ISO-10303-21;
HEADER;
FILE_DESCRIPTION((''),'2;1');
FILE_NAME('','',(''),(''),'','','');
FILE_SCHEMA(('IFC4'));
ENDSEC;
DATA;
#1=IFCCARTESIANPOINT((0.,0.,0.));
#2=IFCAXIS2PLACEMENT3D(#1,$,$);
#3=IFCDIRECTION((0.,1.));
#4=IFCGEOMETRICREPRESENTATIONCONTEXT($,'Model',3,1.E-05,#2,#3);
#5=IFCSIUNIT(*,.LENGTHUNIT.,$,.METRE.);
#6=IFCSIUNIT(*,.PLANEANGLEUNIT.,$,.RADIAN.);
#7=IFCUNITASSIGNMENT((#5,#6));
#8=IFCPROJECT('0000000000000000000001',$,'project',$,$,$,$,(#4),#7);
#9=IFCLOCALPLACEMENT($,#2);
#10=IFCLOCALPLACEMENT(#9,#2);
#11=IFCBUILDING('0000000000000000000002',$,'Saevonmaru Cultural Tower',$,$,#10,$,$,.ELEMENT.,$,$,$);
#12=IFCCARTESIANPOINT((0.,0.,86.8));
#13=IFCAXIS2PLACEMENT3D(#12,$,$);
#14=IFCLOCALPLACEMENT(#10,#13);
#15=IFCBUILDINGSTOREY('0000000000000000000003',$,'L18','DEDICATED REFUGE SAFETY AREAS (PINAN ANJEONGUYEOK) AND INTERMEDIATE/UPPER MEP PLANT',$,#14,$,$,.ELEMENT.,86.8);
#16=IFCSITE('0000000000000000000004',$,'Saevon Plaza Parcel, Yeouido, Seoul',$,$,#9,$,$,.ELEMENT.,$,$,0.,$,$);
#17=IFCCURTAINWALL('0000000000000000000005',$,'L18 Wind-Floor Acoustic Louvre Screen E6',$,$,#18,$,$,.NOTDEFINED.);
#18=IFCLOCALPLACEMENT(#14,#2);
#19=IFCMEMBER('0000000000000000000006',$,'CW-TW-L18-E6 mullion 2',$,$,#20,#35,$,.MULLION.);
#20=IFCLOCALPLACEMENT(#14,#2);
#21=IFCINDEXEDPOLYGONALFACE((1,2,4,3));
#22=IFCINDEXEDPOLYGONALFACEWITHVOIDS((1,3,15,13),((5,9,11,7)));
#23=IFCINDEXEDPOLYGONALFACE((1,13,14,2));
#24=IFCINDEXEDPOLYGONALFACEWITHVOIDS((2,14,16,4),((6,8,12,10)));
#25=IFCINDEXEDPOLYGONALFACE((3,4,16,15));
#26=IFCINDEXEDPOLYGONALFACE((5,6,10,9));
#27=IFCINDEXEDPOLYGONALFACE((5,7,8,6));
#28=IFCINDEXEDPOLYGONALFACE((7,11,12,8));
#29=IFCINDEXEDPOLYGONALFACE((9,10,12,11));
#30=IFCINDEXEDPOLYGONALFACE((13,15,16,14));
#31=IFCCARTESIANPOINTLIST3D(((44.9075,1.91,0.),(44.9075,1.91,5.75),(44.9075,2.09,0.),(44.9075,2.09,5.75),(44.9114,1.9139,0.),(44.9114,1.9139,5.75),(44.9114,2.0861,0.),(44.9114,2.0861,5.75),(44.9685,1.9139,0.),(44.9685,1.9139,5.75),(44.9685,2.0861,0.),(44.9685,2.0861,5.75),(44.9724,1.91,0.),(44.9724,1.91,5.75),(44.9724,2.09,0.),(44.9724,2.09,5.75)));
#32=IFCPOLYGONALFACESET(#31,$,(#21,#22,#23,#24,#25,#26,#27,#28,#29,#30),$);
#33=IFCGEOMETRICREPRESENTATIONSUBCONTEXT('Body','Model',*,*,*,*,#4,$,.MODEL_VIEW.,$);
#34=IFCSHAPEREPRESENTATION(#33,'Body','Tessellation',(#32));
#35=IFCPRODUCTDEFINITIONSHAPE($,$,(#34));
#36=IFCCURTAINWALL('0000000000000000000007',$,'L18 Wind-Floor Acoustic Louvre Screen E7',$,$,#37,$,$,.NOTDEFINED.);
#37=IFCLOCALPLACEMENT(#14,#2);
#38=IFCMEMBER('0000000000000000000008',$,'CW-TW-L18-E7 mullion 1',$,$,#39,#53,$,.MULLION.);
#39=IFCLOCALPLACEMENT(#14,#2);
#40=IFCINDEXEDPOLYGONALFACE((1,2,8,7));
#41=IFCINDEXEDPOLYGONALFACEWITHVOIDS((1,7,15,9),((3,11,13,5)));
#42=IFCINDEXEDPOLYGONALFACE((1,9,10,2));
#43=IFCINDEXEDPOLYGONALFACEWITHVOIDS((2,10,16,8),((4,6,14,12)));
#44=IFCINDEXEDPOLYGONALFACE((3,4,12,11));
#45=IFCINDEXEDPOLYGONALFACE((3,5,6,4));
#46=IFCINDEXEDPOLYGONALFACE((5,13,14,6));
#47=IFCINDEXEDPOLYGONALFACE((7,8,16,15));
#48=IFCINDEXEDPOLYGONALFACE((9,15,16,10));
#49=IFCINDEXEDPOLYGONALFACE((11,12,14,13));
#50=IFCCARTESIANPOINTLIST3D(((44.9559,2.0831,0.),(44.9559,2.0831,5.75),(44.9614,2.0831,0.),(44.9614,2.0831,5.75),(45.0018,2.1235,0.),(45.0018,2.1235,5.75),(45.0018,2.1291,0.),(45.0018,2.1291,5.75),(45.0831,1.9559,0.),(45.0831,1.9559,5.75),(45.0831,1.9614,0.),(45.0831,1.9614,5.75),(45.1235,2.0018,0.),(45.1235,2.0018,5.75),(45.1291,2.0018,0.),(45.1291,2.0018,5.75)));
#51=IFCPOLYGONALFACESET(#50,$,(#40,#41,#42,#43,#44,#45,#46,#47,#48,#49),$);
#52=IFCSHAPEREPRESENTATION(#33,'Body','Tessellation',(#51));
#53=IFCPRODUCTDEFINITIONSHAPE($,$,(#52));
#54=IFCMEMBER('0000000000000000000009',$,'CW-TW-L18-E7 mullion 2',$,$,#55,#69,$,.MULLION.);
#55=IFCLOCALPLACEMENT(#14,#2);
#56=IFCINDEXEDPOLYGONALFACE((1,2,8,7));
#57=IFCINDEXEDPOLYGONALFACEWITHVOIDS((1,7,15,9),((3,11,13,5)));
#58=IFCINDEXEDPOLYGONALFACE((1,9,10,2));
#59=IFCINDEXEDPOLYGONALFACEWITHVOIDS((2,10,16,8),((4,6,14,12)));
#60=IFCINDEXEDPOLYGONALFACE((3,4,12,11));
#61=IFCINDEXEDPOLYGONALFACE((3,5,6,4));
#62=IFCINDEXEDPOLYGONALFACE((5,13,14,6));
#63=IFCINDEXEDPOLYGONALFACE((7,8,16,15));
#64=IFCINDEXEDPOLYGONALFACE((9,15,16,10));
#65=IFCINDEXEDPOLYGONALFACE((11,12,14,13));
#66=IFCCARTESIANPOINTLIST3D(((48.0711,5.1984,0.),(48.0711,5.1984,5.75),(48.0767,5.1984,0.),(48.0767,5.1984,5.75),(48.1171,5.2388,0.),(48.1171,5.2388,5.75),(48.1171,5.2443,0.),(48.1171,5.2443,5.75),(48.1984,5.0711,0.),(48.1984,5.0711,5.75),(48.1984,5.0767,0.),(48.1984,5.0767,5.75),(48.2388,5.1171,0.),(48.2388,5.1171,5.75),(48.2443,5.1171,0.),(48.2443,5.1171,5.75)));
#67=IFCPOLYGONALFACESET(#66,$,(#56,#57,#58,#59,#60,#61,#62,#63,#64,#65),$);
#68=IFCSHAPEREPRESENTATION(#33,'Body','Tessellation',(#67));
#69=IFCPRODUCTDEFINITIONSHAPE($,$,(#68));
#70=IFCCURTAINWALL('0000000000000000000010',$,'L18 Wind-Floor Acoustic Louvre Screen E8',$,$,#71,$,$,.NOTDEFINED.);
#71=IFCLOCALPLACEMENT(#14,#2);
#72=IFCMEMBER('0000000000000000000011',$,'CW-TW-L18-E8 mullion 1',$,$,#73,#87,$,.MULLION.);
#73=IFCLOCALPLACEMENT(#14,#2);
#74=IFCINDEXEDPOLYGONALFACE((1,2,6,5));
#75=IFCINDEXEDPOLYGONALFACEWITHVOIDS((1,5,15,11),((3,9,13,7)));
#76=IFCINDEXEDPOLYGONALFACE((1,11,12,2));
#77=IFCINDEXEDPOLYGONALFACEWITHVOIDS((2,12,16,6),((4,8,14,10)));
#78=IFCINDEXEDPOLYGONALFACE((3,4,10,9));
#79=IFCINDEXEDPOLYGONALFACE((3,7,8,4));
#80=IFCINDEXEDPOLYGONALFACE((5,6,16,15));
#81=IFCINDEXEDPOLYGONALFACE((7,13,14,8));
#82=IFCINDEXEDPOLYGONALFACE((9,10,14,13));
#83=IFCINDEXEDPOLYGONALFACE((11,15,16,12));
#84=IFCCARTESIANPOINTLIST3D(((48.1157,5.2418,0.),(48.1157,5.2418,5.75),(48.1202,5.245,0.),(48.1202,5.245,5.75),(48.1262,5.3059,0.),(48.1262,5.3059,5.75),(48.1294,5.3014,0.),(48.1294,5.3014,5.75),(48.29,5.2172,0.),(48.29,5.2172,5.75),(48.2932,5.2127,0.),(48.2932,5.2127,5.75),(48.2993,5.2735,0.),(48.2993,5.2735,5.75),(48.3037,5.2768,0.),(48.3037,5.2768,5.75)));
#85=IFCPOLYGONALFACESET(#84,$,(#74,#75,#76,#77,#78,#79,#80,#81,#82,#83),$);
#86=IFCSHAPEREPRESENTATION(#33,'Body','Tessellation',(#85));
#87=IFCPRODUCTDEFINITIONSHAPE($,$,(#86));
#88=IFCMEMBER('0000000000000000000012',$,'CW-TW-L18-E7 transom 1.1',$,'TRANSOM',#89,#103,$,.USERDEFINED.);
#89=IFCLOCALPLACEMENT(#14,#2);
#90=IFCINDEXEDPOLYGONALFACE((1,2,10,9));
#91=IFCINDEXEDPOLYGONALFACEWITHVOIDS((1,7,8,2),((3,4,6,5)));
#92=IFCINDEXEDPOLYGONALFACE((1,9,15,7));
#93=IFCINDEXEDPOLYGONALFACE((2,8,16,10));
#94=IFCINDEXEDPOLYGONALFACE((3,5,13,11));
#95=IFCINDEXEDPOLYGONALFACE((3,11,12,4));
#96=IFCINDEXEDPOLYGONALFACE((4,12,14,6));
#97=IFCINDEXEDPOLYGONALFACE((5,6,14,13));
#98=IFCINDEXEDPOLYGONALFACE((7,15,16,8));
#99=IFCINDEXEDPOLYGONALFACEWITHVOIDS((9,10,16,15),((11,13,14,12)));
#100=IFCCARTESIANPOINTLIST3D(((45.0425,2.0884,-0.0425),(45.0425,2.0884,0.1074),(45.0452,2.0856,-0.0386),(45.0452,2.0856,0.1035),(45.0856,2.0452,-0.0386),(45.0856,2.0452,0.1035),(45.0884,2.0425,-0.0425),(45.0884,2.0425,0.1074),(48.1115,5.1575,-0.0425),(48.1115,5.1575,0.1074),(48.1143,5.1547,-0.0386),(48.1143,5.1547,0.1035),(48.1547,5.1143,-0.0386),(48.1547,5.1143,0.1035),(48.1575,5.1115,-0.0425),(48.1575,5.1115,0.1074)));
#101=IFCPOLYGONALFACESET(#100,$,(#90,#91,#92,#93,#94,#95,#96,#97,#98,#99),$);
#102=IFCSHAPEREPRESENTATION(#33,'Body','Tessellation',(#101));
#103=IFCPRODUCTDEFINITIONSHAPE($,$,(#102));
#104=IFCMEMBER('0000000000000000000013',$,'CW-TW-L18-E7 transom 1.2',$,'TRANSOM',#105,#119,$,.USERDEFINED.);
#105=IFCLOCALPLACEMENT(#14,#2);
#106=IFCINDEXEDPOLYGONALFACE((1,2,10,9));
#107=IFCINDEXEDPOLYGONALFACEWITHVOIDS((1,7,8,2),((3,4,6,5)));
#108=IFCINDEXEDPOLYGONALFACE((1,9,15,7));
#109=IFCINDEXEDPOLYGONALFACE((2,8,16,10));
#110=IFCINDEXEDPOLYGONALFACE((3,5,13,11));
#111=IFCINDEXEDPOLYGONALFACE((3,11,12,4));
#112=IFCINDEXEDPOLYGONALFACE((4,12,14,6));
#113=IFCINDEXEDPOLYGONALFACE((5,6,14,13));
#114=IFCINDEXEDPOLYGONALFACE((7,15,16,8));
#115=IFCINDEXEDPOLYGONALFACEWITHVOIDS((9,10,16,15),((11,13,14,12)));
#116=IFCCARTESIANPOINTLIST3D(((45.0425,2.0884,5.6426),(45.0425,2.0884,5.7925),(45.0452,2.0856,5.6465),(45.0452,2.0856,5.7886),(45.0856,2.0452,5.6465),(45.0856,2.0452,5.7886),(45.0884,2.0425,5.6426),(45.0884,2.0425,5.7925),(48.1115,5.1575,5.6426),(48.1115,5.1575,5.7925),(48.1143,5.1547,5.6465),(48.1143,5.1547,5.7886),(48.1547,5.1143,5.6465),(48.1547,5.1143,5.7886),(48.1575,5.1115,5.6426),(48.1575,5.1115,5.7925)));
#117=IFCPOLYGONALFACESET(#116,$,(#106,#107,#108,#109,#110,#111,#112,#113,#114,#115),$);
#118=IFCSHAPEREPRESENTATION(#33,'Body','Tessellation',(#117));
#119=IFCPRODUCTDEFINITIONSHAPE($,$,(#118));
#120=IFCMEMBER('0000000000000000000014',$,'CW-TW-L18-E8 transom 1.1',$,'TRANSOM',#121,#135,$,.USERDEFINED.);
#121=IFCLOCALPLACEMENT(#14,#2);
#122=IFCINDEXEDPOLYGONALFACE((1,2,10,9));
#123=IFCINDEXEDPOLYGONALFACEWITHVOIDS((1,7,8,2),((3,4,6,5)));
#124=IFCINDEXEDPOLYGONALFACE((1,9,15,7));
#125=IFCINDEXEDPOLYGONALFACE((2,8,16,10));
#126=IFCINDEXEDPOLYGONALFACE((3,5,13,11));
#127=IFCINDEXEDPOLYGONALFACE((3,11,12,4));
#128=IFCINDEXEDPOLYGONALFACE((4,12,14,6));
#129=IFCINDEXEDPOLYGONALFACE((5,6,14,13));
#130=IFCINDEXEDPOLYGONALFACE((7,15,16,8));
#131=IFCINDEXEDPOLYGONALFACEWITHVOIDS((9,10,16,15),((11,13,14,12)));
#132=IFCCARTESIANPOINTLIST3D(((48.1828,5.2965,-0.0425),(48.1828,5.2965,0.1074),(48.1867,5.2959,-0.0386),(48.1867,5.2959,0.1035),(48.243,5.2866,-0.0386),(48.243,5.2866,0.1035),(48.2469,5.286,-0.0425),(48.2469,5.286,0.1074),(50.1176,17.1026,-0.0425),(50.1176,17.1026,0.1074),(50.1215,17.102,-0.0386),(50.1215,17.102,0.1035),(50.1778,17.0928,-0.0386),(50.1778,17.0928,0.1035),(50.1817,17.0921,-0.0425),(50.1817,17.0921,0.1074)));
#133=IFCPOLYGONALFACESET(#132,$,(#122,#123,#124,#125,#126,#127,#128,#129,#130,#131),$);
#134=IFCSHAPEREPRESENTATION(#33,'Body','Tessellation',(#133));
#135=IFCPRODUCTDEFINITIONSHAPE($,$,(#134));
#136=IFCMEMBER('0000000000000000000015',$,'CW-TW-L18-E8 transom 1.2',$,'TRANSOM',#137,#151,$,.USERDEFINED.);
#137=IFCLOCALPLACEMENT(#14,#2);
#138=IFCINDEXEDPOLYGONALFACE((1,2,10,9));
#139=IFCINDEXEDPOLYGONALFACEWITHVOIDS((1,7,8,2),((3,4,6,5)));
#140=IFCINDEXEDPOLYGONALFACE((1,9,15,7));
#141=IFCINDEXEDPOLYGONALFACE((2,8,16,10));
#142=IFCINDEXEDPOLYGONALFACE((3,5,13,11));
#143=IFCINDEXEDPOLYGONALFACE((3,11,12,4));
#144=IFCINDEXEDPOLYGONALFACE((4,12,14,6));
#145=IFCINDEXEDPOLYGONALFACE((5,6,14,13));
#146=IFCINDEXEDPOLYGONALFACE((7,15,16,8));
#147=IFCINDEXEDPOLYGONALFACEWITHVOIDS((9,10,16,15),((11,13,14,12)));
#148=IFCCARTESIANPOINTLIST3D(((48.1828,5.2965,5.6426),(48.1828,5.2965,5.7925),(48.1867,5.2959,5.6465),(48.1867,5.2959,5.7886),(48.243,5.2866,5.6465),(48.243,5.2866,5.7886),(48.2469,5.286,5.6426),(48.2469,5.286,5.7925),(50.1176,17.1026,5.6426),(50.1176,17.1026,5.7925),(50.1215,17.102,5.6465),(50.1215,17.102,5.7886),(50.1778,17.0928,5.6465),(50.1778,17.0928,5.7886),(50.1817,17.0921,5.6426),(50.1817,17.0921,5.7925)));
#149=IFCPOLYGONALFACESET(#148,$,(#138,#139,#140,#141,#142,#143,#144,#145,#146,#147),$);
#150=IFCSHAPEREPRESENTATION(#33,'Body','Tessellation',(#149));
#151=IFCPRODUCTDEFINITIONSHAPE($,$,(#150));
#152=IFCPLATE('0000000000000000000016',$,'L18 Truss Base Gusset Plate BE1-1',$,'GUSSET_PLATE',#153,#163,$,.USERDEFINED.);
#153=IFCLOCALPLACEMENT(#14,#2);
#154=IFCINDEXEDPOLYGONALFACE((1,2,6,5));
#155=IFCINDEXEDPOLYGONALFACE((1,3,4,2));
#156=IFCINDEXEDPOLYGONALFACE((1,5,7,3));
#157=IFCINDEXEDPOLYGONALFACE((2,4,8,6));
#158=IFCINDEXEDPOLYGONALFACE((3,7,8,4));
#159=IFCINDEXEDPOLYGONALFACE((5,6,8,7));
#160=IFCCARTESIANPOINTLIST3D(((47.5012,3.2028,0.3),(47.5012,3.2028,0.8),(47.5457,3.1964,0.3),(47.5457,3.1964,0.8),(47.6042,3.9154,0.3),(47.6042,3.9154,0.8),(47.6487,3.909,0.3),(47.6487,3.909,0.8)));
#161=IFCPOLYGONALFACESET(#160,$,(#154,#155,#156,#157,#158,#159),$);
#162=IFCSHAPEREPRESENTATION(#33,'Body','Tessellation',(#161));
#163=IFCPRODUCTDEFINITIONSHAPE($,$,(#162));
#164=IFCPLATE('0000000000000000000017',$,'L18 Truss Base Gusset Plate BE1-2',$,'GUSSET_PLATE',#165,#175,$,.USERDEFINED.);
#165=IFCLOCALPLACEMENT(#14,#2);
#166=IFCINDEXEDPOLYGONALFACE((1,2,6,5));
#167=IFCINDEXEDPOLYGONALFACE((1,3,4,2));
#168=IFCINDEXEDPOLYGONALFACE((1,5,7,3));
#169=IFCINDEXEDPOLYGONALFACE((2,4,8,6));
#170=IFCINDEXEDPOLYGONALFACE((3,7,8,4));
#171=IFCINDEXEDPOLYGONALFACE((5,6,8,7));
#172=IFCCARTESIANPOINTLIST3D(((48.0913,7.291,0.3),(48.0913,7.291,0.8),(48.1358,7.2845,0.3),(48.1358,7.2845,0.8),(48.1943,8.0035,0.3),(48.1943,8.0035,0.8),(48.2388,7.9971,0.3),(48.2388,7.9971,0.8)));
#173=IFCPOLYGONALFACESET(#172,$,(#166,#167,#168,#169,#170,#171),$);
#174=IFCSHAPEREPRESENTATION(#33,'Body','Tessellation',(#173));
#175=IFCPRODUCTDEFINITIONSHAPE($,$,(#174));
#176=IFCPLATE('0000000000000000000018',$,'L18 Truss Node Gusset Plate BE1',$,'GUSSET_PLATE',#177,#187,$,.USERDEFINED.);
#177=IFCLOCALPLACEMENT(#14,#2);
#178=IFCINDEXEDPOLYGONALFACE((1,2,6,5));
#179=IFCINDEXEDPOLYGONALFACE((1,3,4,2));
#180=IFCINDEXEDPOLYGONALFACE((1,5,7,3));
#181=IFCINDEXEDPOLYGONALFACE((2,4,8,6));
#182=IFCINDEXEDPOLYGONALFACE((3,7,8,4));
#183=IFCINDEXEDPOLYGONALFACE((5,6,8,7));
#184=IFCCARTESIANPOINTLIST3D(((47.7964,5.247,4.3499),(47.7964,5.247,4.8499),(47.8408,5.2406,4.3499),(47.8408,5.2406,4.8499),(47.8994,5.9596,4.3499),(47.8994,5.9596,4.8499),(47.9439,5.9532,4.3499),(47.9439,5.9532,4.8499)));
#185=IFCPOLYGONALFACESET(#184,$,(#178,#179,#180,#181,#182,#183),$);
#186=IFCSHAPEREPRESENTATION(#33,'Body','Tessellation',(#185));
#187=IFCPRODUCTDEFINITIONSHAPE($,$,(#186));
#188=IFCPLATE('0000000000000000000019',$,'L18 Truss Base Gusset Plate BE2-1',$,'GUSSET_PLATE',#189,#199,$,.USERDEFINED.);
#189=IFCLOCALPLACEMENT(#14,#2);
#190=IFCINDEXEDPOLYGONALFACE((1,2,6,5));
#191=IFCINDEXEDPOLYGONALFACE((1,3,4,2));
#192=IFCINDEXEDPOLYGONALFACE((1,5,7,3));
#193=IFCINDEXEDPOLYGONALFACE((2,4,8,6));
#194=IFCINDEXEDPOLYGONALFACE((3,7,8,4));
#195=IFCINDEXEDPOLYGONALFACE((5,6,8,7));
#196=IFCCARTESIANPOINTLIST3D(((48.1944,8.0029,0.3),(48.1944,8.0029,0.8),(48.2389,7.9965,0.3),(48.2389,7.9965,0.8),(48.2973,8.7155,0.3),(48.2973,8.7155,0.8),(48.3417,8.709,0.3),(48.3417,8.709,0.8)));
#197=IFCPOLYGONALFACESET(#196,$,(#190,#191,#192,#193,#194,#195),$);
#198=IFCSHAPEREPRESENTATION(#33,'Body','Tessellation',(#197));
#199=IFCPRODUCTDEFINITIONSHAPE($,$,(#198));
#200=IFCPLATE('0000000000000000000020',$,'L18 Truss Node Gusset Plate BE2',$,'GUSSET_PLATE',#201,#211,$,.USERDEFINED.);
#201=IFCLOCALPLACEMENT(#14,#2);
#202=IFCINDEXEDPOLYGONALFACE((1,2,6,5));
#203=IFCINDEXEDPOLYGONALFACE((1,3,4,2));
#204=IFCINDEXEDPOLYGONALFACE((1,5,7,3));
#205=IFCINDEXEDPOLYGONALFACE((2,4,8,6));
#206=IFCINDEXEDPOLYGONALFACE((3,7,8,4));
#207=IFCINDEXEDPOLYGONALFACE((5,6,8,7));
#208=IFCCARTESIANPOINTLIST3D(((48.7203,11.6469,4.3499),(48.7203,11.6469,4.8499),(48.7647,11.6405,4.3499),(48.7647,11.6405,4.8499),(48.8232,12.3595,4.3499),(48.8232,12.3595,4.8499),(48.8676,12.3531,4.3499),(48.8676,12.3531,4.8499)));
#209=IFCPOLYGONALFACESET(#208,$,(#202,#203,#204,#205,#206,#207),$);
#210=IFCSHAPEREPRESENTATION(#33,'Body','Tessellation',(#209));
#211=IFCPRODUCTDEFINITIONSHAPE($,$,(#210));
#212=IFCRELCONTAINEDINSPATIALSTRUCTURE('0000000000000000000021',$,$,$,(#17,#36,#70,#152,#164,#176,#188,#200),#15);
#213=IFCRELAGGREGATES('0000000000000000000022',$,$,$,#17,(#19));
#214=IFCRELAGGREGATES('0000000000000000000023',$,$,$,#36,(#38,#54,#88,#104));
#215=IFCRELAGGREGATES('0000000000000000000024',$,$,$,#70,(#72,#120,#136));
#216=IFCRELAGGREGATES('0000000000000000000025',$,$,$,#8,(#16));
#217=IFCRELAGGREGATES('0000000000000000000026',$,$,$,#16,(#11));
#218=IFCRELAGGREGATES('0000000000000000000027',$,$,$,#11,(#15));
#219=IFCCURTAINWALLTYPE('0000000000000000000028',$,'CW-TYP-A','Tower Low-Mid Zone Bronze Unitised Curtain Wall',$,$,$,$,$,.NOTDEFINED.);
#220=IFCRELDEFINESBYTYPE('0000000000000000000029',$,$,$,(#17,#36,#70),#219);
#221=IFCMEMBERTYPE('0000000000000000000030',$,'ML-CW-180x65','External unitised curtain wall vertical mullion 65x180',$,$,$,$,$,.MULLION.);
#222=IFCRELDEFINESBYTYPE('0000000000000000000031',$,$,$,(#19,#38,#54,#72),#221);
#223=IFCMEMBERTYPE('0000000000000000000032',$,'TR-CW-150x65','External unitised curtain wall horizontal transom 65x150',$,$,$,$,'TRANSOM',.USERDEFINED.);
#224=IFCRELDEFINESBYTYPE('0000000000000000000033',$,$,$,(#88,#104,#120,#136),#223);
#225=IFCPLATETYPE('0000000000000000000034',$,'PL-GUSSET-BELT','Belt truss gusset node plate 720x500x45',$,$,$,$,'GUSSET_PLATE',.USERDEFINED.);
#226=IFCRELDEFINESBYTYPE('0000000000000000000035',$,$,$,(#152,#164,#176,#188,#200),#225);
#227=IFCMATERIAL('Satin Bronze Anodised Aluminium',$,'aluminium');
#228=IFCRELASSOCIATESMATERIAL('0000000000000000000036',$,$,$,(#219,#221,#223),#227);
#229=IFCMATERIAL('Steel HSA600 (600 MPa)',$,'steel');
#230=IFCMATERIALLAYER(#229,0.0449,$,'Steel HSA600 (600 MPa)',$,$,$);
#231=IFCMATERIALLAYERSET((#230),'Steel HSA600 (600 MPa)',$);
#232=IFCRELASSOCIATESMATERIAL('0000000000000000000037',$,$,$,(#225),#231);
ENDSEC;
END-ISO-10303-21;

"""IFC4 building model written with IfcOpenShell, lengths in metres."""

from ifc_helpers import new_model, si_unit, direction, frame, origin, origin_2d, place, context, subcontext, project, spatial, rectangle, hollow_rectangle, extrude, material, layer, layer_set, material_profile, profile_set, type_object, element, aggregate, save


model = new_model("IFC4")

# Units and contexts
model_context = context("Model", 3, precision=1e-05, world=origin(), true_north=direction((0.0, 1.0)))
body_context = subcontext(model_context, "Body", "Model", "MODEL_VIEW")
ifc_project = project(units=[si_unit("LENGTHUNIT", "METRE"), si_unit("PLANEANGLEUNIT", "RADIAN")], contexts=[model_context])

# Site, building, storey
site_placement = place(None, origin())
site = spatial("IfcSite", under=ifc_project, at=site_placement, Name="Saevon Plaza Parcel, Yeouido, Seoul", CompositionType="ELEMENT", RefElevation=0.0)
building_placement = place(site_placement, origin())
building = spatial("IfcBuilding", under=site, at=building_placement, Name="Saevonmaru Cultural Tower", CompositionType="ELEMENT")
storey_placement = place(building_placement, frame((0.0, 0.0, 86.8)))
storey = spatial("IfcBuildingStorey", under=building, at=storey_placement, Name="L18", Description="DEDICATED REFUGE SAFETY AREAS (PINAN ANJEONGUYEOK) AND INTERMEDIATE/UPPER MEP PLANT", CompositionType="ELEMENT", Elevation=86.8)

# Shared definitions
ifc_material_1 = material(Name="Steel HSA600 (600 MPa)", Category="steel")

# Curtain wall, member
ifc_material_2 = material(Name="Satin Bronze Anodised Aluminium", Category="aluminium")
curtain_wall_type = type_object("IfcCurtainWallType", Name="CW-TYP-A", Description="Tower Low-Mid Zone Bronze Unitised Curtain Wall", PredefinedType="NOTDEFINED", material=ifc_material_2)
curtain_wall_1_placement = place(storey_placement, origin())
curtain_wall_1 = element("IfcCurtainWall", 1, at=curtain_wall_1_placement, inside=storey, type_object=curtain_wall_type, Name="L18 Wind-Floor Acoustic Louvre Screen E6", PredefinedType="NOTDEFINED")
ifc_material_profile_1 = material_profile(ifc_material_2, hollow_rectangle(XDim=0.0649, YDim=0.1799, WallThickness=0.0039, at=origin_2d()), Name="ALU-MULL-180x65x4")
ifc_profile_set_1 = profile_set([ifc_material_profile_1], Name="Satin Bronze Anodised Aluminium")
member_type_1 = type_object("IfcMemberType", Name="ML-CW-180x65", Description="External unitised curtain wall vertical mullion 65x180", PredefinedType="MULLION", material=ifc_profile_set_1)
member_1_placement = place(storey_placement, frame((44.9399, 2.0, 0.0), z_axis=(0.0, 0.0, 1.0), x_axis=(1.0, 0.0, 0.0)))
member_1 = element("IfcMember", 2, at=member_1_placement, type_object=member_type_1, Name="CW-TW-L18-E6 mullion 2", PredefinedType="MULLION", context=body_context, shape_type="SweptSolid", body=[
    extrude(hollow_rectangle(XDim=0.0649, YDim=0.1799, WallThickness=0.0039, at=origin_2d()), origin(), (0.0, 0.0, 1.0), 5.75),
])
aggregate(curtain_wall_1, [member_1])

# Curtain wall, members
curtain_wall_2_placement = place(storey_placement, origin())
curtain_wall_2 = element("IfcCurtainWall", 3, at=curtain_wall_2_placement, inside=storey, type_object=curtain_wall_type, Name="L18 Wind-Floor Acoustic Louvre Screen E7", PredefinedType="NOTDEFINED")
member_2_placement = place(storey_placement, frame((45.0425, 2.0425, 0.0), z_axis=(0.0, 0.0, 1.0), x_axis=(0.707107, 0.707107, 0.0)))
member_2 = element("IfcMember", 4, at=member_2_placement, type_object=member_type_1, Name="CW-TW-L18-E7 mullion 1", PredefinedType="MULLION", context=body_context, shape_type="SweptSolid", body=[
    extrude(hollow_rectangle(XDim=0.0649, YDim=0.1799, WallThickness=0.0039, at=origin_2d()), origin(), (0.0, 0.0, 1.0), 5.75),
])
member_3_placement = place(storey_placement, frame((48.1577, 5.1577, 0.0), z_axis=(0.0, 0.0, 1.0), x_axis=(0.707107, 0.707107, 0.0)))
member_3 = element("IfcMember", 5, at=member_3_placement, type_object=member_type_1, Name="CW-TW-L18-E7 mullion 2", PredefinedType="MULLION", context=body_context, shape_type="SweptSolid", body=[
    extrude(hollow_rectangle(XDim=0.0649, YDim=0.1799, WallThickness=0.0039, at=origin_2d()), origin(), (0.0, 0.0, 1.0), 5.75),
])

# Curtain wall, member
curtain_wall_3_placement = place(storey_placement, origin())
curtain_wall_3 = element("IfcCurtainWall", 6, at=curtain_wall_3_placement, inside=storey, type_object=curtain_wall_type, Name="L18 Wind-Floor Acoustic Louvre Screen E8", PredefinedType="NOTDEFINED")
member_4_placement = place(storey_placement, frame((48.2097, 5.2593, 0.0), z_axis=(0.0, 0.0, 1.0), x_axis=(0.161709, 0.986839, 0.0)))
member_4 = element("IfcMember", 7, at=member_4_placement, type_object=member_type_1, Name="CW-TW-L18-E8 mullion 1", PredefinedType="MULLION", context=body_context, shape_type="SweptSolid", body=[
    extrude(hollow_rectangle(XDim=0.0649, YDim=0.1799, WallThickness=0.0039, at=origin_2d()), origin(), (0.0, 0.0, 1.0), 5.75),
])

# Members
ifc_material_profile_2 = material_profile(ifc_material_2, hollow_rectangle(XDim=0.0649, YDim=0.1499, WallThickness=0.0039, at=origin_2d()), Name="ALU-TRAN-150x65x4")
ifc_profile_set_2 = profile_set([ifc_material_profile_2], Name="Satin Bronze Anodised Aluminium")
member_type_2 = type_object("IfcMemberType", Name="TR-CW-150x65", Description="External unitised curtain wall horizontal transom 65x150", ElementType="TRANSOM", PredefinedType="USERDEFINED", material=ifc_profile_set_2)
member_5_placement = place(storey_placement, frame((45.0654, 2.0654, 0.0325), z_axis=(0.707107, 0.707107, 0.0), x_axis=(-0.707107, 0.707107, 0.0)))
member_5 = element("IfcMember", 8, at=member_5_placement, type_object=member_type_2, Name="CW-TW-L18-E7 transom 1.1", ObjectType="TRANSOM", PredefinedType="USERDEFINED", context=body_context, shape_type="SweptSolid", body=[
    extrude(hollow_rectangle(XDim=0.0649, YDim=0.1499, WallThickness=0.0039, at=origin_2d()), origin(), (0.0, 0.0, 1.0), 4.3403),
])
member_6_placement = place(storey_placement, frame((45.0654, 2.0654, 5.7175), z_axis=(0.707107, 0.707107, 0.0), x_axis=(-0.707107, 0.707107, 0.0)))
member_6 = element("IfcMember", 9, at=member_6_placement, type_object=member_type_2, Name="CW-TW-L18-E7 transom 1.2", ObjectType="TRANSOM", PredefinedType="USERDEFINED", context=body_context, shape_type="SweptSolid", body=[
    extrude(hollow_rectangle(XDim=0.0649, YDim=0.1499, WallThickness=0.0039, at=origin_2d()), origin(), (0.0, 0.0, 1.0), 4.3403),
])
member_7_placement = place(storey_placement, frame((48.2148, 5.2913, 0.0325), z_axis=(0.161725, 0.986836, 0.0), x_axis=(-0.986836, 0.161725, 0.0)))
member_7 = element("IfcMember", 10, at=member_7_placement, type_object=member_type_2, Name="CW-TW-L18-E8 transom 1.1", ObjectType="TRANSOM", PredefinedType="USERDEFINED", context=body_context, shape_type="SweptSolid", body=[
    extrude(hollow_rectangle(XDim=0.0649, YDim=0.1499, WallThickness=0.0039, at=origin_2d()), origin(), (0.0, 0.0, 1.0), 11.9636),
])
member_8_placement = place(storey_placement, frame((48.2148, 5.2913, 5.7175), z_axis=(0.161725, 0.986836, 0.0), x_axis=(-0.986836, 0.161725, 0.0)))
member_8 = element("IfcMember", 11, at=member_8_placement, type_object=member_type_2, Name="CW-TW-L18-E8 transom 1.2", ObjectType="TRANSOM", PredefinedType="USERDEFINED", context=body_context, shape_type="SweptSolid", body=[
    extrude(hollow_rectangle(XDim=0.0649, YDim=0.1499, WallThickness=0.0039, at=origin_2d()), origin(), (0.0, 0.0, 1.0), 11.9636),
])

# Plates
ifc_layer_1 = layer(ifc_material_1, 0.0449, Name="Steel HSA600 (600 MPa)")
ifc_layer_set_1 = layer_set([ifc_layer_1], Name="Steel HSA600 (600 MPa)")
plate_type_1 = type_object("IfcPlateType", Name="PL-GUSSET-BELT", Description="Belt truss gusset node plate 720x500x45", ElementType="GUSSET_PLATE", PredefinedType="USERDEFINED", material=ifc_layer_set_1)
for number, where, z_axis, x_axis, name in (
    (12, (47.575, 3.5559, 0.3), (0.0, 0.0, 1.0), (0.143095, 0.989709, 0.0), "L18 Truss Base Gusset Plate BE1-1"),
    (13, (48.165, 7.644, 0.3), (0.0, 0.0, 1.0), (0.143095, 0.989709, 0.0), "L18 Truss Base Gusset Plate BE1-2"),
    (14, (47.8701, 5.6001, 4.3499), (0.0, 0.0, 1.0), (0.143095, 0.989709, 0.0), "L18 Truss Node Gusset Plate BE1"),
    (15, (48.2681, 8.356, 0.3), (0.0, 0.0, 1.0), (0.142888, 0.989739, 0.0), "L18 Truss Base Gusset Plate BE2-1"),
    (16, (48.7939, 12.0, 4.3499), (0.0, 0.0, 1.0), (0.142888, 0.989739, 0.0), "L18 Truss Node Gusset Plate BE2"),
):
    element("IfcPlate", number, at=place(storey_placement, frame(where, z_axis=z_axis, x_axis=x_axis)), inside=storey, type_object=plate_type_1, Name=name, ObjectType="GUSSET_PLATE", PredefinedType="USERDEFINED", context=body_context, shape_type="SweptSolid", body=[
        extrude(rectangle(XDim=0.72, YDim=0.0449, at=origin_2d()), origin(), (0.0, 0.0, 1.0), 0.5),
    ])

aggregate(curtain_wall_2, [member_2, member_3, member_5, member_6])
aggregate(curtain_wall_3, [member_4, member_7, member_8])

save(model, "model.ifc")
